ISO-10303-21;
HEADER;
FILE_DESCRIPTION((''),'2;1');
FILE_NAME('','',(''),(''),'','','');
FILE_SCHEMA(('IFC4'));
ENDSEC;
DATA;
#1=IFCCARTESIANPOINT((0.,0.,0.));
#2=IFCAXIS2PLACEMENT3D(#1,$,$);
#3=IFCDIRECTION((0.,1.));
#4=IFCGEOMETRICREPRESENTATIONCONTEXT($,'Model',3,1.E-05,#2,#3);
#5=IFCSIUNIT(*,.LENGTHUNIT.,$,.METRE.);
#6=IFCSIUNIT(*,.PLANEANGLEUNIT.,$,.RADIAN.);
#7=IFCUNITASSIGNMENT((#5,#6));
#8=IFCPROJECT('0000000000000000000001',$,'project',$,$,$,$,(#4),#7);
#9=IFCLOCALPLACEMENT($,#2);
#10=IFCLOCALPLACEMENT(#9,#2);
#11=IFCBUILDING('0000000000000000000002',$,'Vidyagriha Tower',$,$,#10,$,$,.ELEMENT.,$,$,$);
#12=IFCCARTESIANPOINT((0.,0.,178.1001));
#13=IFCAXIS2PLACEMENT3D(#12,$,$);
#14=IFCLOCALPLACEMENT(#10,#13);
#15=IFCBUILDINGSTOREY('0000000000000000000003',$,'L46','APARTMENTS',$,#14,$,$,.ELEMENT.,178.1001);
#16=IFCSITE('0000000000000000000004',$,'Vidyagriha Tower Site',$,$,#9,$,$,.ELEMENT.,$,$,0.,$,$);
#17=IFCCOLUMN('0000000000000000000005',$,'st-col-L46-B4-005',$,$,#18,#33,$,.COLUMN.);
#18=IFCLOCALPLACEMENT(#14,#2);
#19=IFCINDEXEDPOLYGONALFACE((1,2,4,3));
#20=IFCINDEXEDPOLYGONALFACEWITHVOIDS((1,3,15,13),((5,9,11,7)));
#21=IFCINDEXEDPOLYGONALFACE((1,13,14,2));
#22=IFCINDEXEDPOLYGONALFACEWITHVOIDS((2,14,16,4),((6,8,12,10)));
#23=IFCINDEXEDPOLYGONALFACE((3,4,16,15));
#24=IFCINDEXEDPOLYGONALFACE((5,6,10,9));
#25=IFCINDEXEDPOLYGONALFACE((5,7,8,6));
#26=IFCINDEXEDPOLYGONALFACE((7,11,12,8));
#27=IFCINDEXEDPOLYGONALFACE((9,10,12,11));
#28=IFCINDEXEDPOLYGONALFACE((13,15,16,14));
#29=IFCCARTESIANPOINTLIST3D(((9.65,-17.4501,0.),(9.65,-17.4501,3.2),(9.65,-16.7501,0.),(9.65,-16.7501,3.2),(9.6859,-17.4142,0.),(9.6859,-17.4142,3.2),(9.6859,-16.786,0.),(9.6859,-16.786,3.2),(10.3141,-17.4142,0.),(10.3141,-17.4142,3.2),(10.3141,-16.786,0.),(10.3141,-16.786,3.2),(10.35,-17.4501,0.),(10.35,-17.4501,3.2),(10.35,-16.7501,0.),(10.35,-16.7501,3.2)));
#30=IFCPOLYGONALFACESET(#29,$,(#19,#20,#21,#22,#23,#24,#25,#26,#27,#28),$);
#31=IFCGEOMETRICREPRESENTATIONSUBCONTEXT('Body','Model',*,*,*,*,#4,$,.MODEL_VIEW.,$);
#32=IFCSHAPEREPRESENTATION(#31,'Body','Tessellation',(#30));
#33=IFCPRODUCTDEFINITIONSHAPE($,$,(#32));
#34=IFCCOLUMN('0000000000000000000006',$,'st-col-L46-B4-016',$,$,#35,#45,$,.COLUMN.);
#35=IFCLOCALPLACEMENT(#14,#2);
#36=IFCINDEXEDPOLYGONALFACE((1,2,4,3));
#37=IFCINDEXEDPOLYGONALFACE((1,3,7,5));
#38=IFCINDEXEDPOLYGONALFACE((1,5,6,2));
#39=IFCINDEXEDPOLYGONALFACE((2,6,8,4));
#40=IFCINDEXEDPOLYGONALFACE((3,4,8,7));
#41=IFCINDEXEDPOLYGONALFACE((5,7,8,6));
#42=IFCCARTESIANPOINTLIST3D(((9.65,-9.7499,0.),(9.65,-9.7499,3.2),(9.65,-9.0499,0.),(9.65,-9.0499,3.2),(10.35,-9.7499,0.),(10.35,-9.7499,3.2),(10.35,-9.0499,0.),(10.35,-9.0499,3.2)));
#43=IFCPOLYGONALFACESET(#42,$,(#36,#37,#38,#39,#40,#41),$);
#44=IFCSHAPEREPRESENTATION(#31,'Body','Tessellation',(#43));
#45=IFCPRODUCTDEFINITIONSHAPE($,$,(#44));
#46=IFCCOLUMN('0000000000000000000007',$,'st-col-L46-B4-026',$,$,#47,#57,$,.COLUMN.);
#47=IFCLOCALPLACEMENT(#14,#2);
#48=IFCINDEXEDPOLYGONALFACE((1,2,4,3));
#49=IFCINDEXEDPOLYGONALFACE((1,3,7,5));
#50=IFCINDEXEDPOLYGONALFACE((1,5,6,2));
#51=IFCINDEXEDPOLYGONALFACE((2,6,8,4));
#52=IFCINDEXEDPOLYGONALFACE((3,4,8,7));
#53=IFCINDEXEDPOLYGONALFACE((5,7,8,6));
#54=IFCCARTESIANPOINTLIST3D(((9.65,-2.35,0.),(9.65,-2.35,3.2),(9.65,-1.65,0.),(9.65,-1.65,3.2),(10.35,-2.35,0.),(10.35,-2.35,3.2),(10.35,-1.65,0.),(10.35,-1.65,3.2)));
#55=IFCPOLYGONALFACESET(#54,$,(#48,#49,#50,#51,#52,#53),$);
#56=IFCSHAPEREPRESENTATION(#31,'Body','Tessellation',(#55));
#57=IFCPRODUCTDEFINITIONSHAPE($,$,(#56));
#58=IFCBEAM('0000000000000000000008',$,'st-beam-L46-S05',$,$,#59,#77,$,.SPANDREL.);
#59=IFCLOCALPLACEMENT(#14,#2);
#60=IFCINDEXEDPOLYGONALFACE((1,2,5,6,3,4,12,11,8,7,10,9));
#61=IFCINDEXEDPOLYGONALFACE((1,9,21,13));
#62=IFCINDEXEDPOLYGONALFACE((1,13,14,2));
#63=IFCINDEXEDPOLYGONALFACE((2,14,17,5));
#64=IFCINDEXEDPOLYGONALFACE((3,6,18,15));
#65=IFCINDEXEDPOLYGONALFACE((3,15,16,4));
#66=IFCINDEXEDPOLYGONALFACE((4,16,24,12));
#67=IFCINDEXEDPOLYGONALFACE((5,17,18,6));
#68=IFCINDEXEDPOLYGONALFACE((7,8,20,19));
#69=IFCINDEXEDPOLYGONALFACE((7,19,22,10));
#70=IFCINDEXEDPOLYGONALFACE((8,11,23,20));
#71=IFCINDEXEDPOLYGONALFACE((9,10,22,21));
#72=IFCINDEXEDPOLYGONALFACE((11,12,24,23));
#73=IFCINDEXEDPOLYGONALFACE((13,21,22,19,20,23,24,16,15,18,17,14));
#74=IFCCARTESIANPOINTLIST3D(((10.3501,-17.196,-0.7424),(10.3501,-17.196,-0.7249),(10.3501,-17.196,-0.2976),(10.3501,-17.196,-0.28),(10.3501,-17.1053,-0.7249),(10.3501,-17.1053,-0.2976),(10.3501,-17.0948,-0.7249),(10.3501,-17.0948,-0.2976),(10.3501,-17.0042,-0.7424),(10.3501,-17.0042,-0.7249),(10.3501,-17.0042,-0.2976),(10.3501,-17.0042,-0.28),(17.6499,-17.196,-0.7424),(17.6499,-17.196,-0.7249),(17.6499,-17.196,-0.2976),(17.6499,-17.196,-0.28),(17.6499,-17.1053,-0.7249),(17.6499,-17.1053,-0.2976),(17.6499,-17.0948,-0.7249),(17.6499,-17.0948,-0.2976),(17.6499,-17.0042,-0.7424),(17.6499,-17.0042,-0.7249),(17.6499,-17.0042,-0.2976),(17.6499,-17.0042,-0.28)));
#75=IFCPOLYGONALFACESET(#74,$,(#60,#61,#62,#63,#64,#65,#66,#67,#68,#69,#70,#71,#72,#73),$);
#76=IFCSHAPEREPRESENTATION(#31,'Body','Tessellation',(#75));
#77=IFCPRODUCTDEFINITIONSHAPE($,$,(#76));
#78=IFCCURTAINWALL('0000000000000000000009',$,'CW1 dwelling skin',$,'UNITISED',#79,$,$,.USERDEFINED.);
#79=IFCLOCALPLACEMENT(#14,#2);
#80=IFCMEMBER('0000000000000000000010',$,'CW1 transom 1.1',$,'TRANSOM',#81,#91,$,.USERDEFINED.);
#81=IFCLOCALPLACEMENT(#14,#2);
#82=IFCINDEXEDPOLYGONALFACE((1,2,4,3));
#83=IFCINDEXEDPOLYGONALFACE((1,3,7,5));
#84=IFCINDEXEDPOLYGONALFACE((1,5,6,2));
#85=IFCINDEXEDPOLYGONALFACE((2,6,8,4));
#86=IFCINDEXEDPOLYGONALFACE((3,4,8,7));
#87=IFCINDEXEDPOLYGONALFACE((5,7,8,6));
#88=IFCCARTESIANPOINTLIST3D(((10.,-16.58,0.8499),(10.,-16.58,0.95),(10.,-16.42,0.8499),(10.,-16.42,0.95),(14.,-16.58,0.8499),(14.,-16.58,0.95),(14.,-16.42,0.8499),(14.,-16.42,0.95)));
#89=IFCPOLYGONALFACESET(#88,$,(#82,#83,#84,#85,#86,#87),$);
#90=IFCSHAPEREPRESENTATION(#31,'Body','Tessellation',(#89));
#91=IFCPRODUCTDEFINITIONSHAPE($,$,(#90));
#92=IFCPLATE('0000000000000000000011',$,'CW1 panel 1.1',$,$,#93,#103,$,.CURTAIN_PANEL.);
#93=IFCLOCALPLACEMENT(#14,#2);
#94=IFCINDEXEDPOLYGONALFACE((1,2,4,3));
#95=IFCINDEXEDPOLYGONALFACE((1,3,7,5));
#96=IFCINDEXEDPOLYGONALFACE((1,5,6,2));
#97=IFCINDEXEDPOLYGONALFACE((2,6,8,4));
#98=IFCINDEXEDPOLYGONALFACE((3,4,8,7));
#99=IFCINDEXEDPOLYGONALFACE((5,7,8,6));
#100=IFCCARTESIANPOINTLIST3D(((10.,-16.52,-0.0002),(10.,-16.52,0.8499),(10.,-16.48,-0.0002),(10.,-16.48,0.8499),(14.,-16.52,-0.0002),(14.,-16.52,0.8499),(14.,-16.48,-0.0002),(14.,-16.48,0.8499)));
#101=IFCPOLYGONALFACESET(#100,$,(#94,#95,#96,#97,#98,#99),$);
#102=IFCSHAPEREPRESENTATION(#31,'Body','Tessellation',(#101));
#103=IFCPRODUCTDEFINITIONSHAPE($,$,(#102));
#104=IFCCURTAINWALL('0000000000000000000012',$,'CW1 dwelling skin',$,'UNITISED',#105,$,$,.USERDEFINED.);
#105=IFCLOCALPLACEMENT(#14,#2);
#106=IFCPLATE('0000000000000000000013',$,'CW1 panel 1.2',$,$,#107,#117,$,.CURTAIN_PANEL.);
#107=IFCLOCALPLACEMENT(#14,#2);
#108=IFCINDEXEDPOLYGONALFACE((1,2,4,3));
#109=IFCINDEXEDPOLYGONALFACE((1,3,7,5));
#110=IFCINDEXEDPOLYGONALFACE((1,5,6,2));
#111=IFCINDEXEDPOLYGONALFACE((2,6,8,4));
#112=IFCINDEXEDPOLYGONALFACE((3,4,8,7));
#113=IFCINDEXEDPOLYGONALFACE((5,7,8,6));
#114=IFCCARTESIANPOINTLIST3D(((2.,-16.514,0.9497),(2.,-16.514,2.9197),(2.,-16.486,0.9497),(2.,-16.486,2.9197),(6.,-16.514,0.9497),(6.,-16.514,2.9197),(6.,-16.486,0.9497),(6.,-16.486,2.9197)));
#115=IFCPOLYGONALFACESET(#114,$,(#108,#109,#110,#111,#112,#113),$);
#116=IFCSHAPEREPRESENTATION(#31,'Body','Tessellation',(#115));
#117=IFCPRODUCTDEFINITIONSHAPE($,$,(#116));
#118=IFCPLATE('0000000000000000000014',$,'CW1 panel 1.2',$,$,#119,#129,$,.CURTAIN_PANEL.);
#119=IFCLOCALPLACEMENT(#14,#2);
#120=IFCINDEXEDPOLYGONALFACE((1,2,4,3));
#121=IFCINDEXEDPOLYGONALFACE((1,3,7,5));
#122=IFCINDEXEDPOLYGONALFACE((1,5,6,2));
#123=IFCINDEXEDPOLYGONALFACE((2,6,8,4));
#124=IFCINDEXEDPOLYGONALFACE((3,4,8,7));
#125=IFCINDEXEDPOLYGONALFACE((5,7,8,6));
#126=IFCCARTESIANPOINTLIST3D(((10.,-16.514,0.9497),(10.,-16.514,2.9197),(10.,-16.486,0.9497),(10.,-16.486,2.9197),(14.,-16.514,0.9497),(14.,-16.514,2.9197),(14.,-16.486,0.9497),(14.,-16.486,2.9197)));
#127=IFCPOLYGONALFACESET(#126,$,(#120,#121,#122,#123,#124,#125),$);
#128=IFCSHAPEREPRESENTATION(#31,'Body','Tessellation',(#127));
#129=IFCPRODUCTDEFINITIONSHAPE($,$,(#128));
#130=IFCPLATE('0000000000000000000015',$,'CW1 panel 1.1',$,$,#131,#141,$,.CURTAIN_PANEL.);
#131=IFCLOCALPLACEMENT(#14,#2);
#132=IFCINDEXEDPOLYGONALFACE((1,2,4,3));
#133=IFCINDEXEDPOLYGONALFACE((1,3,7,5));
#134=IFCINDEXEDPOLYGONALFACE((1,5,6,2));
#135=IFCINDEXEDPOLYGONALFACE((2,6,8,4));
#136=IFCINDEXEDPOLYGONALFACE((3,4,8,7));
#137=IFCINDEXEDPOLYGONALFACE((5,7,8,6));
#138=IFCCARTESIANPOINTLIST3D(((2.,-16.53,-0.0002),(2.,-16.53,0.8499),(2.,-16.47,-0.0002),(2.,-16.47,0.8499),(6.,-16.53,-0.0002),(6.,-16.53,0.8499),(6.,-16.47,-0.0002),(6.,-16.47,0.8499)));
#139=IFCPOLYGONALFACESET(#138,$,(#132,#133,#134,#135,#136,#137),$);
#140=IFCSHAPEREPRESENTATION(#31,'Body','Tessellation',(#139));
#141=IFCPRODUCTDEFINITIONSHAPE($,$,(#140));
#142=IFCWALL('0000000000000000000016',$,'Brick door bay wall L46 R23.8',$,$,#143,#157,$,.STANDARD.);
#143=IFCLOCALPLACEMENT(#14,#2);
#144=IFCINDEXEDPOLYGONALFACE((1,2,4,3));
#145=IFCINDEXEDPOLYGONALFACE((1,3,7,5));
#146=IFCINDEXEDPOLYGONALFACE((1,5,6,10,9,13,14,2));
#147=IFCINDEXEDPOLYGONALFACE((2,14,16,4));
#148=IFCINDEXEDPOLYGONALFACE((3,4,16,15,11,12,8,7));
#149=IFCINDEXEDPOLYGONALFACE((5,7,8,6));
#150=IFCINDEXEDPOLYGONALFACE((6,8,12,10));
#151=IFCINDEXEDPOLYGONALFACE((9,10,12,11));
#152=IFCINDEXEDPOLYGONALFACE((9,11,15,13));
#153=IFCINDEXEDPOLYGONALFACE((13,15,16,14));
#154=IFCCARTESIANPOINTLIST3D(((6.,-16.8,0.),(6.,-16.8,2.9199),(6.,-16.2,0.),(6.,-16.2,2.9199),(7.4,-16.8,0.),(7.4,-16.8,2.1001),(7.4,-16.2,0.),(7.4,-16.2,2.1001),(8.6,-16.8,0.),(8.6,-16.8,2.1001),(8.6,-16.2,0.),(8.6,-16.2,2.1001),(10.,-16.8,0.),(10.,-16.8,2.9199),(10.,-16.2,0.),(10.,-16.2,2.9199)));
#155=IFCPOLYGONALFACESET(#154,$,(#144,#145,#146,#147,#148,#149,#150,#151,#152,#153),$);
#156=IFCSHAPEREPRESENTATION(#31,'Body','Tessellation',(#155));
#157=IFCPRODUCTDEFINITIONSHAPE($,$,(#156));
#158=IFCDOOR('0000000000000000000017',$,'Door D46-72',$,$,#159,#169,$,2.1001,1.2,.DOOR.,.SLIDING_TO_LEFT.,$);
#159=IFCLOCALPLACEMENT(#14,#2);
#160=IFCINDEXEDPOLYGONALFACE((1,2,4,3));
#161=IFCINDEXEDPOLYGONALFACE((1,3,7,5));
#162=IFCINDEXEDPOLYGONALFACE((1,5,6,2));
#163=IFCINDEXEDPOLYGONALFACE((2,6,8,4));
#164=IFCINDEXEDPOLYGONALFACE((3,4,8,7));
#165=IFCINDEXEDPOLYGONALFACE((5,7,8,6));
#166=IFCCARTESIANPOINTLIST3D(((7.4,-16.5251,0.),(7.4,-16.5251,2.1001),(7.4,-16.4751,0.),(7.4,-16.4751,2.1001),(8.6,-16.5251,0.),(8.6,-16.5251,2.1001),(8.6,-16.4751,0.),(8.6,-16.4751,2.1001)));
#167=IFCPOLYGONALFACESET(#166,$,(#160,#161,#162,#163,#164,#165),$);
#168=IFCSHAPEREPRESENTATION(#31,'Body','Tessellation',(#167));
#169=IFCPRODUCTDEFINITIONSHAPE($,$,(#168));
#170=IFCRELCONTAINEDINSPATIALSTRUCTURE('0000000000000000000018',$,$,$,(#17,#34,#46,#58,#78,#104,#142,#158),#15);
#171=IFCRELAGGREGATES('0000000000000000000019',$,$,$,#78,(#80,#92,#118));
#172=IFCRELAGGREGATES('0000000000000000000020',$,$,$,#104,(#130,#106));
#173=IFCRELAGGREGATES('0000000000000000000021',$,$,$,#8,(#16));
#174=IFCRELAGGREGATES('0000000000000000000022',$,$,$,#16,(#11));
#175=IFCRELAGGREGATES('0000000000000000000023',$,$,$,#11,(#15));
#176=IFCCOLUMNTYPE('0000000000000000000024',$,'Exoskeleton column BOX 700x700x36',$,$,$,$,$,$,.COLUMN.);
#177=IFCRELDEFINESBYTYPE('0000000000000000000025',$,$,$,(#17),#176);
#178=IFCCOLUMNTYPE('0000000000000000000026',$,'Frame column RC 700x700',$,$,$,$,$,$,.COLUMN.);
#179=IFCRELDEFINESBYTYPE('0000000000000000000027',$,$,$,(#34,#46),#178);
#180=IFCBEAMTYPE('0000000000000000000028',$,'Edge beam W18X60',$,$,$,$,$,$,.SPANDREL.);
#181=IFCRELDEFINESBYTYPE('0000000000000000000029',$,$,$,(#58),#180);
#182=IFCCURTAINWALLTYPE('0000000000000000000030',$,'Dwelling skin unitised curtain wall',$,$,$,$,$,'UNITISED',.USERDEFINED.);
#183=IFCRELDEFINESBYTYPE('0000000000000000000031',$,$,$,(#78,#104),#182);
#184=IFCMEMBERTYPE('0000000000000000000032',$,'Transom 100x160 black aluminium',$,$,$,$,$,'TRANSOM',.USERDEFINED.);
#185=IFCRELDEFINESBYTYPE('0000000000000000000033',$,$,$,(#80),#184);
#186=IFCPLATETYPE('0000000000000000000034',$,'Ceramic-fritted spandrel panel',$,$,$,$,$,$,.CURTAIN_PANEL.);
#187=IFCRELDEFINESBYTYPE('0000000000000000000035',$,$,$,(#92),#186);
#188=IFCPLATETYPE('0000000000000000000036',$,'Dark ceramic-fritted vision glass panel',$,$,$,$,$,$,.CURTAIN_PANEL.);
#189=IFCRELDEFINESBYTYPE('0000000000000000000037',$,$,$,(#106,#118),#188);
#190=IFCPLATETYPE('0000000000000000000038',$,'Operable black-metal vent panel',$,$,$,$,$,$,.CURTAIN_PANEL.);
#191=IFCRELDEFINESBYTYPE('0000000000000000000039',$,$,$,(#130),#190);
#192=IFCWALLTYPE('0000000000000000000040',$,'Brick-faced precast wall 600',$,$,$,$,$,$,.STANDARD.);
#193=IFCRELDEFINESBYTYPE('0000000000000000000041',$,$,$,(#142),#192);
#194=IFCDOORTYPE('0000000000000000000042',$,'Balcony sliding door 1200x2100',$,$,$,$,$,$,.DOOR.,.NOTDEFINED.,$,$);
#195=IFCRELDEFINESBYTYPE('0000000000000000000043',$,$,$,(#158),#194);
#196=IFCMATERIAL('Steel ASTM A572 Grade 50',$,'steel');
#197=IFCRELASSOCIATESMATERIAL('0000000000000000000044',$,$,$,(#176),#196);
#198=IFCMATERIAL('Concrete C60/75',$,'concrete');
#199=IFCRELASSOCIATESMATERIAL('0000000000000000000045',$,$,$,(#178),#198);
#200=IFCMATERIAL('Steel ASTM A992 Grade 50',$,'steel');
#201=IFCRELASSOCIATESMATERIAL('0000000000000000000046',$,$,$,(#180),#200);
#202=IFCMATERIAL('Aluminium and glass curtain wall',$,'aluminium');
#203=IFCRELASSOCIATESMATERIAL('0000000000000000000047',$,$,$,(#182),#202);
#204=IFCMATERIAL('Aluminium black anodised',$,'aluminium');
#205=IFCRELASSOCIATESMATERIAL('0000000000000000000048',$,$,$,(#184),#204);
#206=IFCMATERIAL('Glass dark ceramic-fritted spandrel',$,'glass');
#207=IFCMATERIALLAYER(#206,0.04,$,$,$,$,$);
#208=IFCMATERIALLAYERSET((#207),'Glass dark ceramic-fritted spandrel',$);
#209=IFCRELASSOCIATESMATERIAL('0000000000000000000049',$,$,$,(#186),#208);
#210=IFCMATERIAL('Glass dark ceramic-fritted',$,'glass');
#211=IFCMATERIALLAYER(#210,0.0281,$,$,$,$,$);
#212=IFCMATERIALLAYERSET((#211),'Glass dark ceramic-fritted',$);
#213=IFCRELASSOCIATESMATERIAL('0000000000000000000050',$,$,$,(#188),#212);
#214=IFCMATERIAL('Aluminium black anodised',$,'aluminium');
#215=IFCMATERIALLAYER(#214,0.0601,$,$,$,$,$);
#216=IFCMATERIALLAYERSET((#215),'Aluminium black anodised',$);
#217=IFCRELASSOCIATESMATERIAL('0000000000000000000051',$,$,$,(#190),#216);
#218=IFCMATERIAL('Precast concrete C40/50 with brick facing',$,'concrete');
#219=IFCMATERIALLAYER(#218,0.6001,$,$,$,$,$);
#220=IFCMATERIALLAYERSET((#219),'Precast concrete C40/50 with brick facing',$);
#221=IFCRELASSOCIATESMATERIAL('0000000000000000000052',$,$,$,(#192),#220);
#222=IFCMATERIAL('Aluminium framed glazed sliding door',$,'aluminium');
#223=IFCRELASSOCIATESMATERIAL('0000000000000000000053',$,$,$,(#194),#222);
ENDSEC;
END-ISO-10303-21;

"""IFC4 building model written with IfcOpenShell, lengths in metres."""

from ifc_helpers import new_model, si_unit, direction, frame, frame_2d, origin, origin_2d, place, context, subcontext, project, spatial, rectangle, hollow_rectangle, i_section, extrude, material, layer, layer_set, material_profile, profile_set, type_object, element, fill, aggregate, save


model = new_model("IFC4")

# Units and contexts
model_context = context("Model", 3, precision=1e-05, world=origin(), true_north=direction((0.0, 1.0)))
body_context = subcontext(model_context, "Body", "Model", "MODEL_VIEW")
ifc_project = project(units=[si_unit("LENGTHUNIT", "METRE"), si_unit("PLANEANGLEUNIT", "RADIAN")], contexts=[model_context])

# Site, building, storey
site_placement = place(None, origin())
site = spatial("IfcSite", under=ifc_project, at=site_placement, Name="Vidyagriha Tower Site", CompositionType="ELEMENT", RefElevation=0.0)
building_placement = place(site_placement, origin())
building = spatial("IfcBuilding", under=site, at=building_placement, Name="Vidyagriha Tower", CompositionType="ELEMENT")
storey_placement = place(building_placement, frame((0.0, 0.0, 178.1001)))
storey = spatial("IfcBuildingStorey", under=building, at=storey_placement, Name="L46", Description="APARTMENTS", CompositionType="ELEMENT", Elevation=178.1001)

# Columns
ifc_material_1 = material(Name="Steel ASTM A572 Grade 50", Category="steel")
ifc_material_profile_1 = material_profile(ifc_material_1, hollow_rectangle(XDim=0.7, YDim=0.7, WallThickness=0.0359, at=origin_2d()), Name="BOX 700x700x36")
ifc_profile_set_1 = profile_set([ifc_material_profile_1], Name="Steel ASTM A572 Grade 50")
column_type_1 = type_object("IfcColumnType", Name="Exoskeleton column BOX 700x700x36", PredefinedType="COLUMN", material=ifc_profile_set_1)
column_placement = place(storey_placement, frame((10.0, -17.1001, 0.0)))
element("IfcColumn", 1, at=column_placement, inside=storey, type_object=column_type_1, Name="st-col-L46-B4-005", PredefinedType="COLUMN", context=body_context, shape_type="SweptSolid", body=[
    extrude(hollow_rectangle(XDim=0.7, YDim=0.7, WallThickness=0.0359, at=origin_2d()), origin(), (0.0, 0.0, 1.0), 3.2),
])
ifc_material_2 = material(Name="Concrete C60/75", Category="concrete")
ifc_material_profile_2 = material_profile(ifc_material_2, rectangle(XDim=0.7, YDim=0.7, at=origin_2d()), Name="RC 700x700")
ifc_profile_set_2 = profile_set([ifc_material_profile_2], Name="Concrete C60/75")
column_type_2 = type_object("IfcColumnType", Name="Frame column RC 700x700", PredefinedType="COLUMN", material=ifc_profile_set_2)
for number, where, name in (
    (2, (10.0, -9.3999, 0.0), "st-col-L46-B4-016"),
    (3, (10.0, -2.0, 0.0), "st-col-L46-B4-026"),
):
    element("IfcColumn", number, at=place(storey_placement, frame(where)), inside=storey, type_object=column_type_2, Name=name, PredefinedType="COLUMN", context=body_context, shape_type="SweptSolid", body=[
        extrude(rectangle(XDim=0.7, YDim=0.7, at=origin_2d()), origin(), (0.0, 0.0, 1.0), 3.2),
    ])

# Beam
ifc_material_3 = material(Name="Steel ASTM A992 Grade 50", Category="steel")
ifc_material_profile_3 = material_profile(ifc_material_3, i_section(OverallWidth=0.1919, OverallDepth=0.4624, WebThickness=0.0105, FlangeThickness=0.0176, at=origin_2d()), Name="W18X60")
ifc_profile_set_3 = profile_set([ifc_material_profile_3], Name="Steel ASTM A992 Grade 50")
beam_type = type_object("IfcBeamType", Name="Edge beam W18X60", PredefinedType="SPANDREL", material=ifc_profile_set_3)
beam_placement = place(storey_placement, frame((10.3501, -17.1001, -0.5112), z_axis=(1.0, 0.0, 0.0), x_axis=(0.0, 1.0, 0.0)))
element("IfcBeam", 4, at=beam_placement, inside=storey, type_object=beam_type, Name="st-beam-L46-S05", PredefinedType="SPANDREL", context=body_context, shape_type="SweptSolid", body=[
    extrude(i_section(OverallWidth=0.1919, OverallDepth=0.4624, WebThickness=0.0105, FlangeThickness=0.0176, at=origin_2d()), origin(), (0.0, 0.0, 1.0), 7.2998),
])

# Curtain wall, member, plate
ifc_material_4 = material(Name="Aluminium and glass curtain wall", Category="aluminium")
curtain_wall_type = type_object("IfcCurtainWallType", Name="Dwelling skin unitised curtain wall", ElementType="UNITISED", PredefinedType="USERDEFINED", material=ifc_material_4)
curtain_wall_1_placement = place(storey_placement, origin())
curtain_wall_1 = element("IfcCurtainWall", 5, at=curtain_wall_1_placement, inside=storey, type_object=curtain_wall_type, Name="CW1 dwelling skin", ObjectType="UNITISED", PredefinedType="USERDEFINED")
ifc_material_5 = material(Name="Aluminium black anodised", Category="aluminium")
ifc_material_profile_4 = material_profile(ifc_material_5, rectangle(XDim=0.1599, YDim=0.1001, at=origin_2d()), Name="Transom 100x160 black aluminium")
ifc_profile_set_4 = profile_set([ifc_material_profile_4], Name="Aluminium black anodised")
member_type = type_object("IfcMemberType", Name="Transom 100x160 black aluminium", ElementType="TRANSOM", PredefinedType="USERDEFINED", material=ifc_profile_set_4)
member_placement = place(storey_placement, frame((10.0, -16.5, 0.8999), z_axis=(1.0, 0.0, 0.0), x_axis=(0.0, 1.0, 0.0)))
member = element("IfcMember", 6, at=member_placement, type_object=member_type, Name="CW1 transom 1.1", ObjectType="TRANSOM", PredefinedType="USERDEFINED", context=body_context, shape_type="SweptSolid", body=[
    extrude(rectangle(XDim=0.1599, YDim=0.1001, at=origin_2d()), origin(), (0.0, 0.0, 1.0), 4.0),
])
ifc_material_6 = material(Name="Glass dark ceramic-fritted spandrel", Category="glass")
ifc_layer_1 = layer(ifc_material_6, 0.04)
ifc_layer_set_1 = layer_set([ifc_layer_1], Name="Glass dark ceramic-fritted spandrel")
plate_type_1 = type_object("IfcPlateType", Name="Ceramic-fritted spandrel panel", PredefinedType="CURTAIN_PANEL", material=ifc_layer_set_1)
plate_1_placement = place(storey_placement, frame((12.0, -16.5, -0.0002)))
plate_1 = element("IfcPlate", 7, at=plate_1_placement, type_object=plate_type_1, Name="CW1 panel 1.1", PredefinedType="CURTAIN_PANEL", context=body_context, shape_type="SweptSolid", body=[
    extrude(rectangle(XDim=4.0, YDim=0.04, at=origin_2d()), origin(), (0.0, 0.0, 1.0), 0.8501),
])

# Curtain wall, plate
curtain_wall_2_placement = place(storey_placement, origin())
curtain_wall_2 = element("IfcCurtainWall", 8, at=curtain_wall_2_placement, inside=storey, type_object=curtain_wall_type, Name="CW1 dwelling skin", ObjectType="UNITISED", PredefinedType="USERDEFINED")
ifc_material_7 = material(Name="Glass dark ceramic-fritted", Category="glass")
ifc_layer_2 = layer(ifc_material_7, 0.0281)
ifc_layer_set_2 = layer_set([ifc_layer_2], Name="Glass dark ceramic-fritted")
plate_type_2 = type_object("IfcPlateType", Name="Dark ceramic-fritted vision glass panel", PredefinedType="CURTAIN_PANEL", material=ifc_layer_set_2)
plate_2_placement = place(storey_placement, frame((4.0, -16.5, 0.9497)))
plate_2 = element("IfcPlate", 9, at=plate_2_placement, type_object=plate_type_2, Name="CW1 panel 1.2", PredefinedType="CURTAIN_PANEL", context=body_context, shape_type="SweptSolid", body=[
    extrude(rectangle(XDim=4.0, YDim=0.0281, at=origin_2d()), origin(), (0.0, 0.0, 1.0), 1.97),
])

# Plates
plate_3_placement = place(storey_placement, frame((12.0, -16.5, 0.9497)))
plate_3 = element("IfcPlate", 10, at=plate_3_placement, type_object=plate_type_2, Name="CW1 panel 1.2", PredefinedType="CURTAIN_PANEL", context=body_context, shape_type="SweptSolid", body=[
    extrude(rectangle(XDim=4.0, YDim=0.0281, at=origin_2d()), origin(), (0.0, 0.0, 1.0), 1.97),
])
aggregate(curtain_wall_1, [member, plate_1, plate_3])
ifc_material_8 = material(Name="Aluminium black anodised", Category="aluminium")
ifc_layer_3 = layer(ifc_material_8, 0.0601)
ifc_layer_set_3 = layer_set([ifc_layer_3], Name="Aluminium black anodised")
plate_type_3 = type_object("IfcPlateType", Name="Operable black-metal vent panel", PredefinedType="CURTAIN_PANEL", material=ifc_layer_set_3)
plate_4_placement = place(storey_placement, frame((4.0, -16.5, -0.0002)))
plate_4 = element("IfcPlate", 11, at=plate_4_placement, type_object=plate_type_3, Name="CW1 panel 1.1", PredefinedType="CURTAIN_PANEL", context=body_context, shape_type="SweptSolid", body=[
    extrude(rectangle(XDim=4.0, YDim=0.0601, at=origin_2d()), origin(), (0.0, 0.0, 1.0), 0.8501),
])
aggregate(curtain_wall_2, [plate_4, plate_2])

# Wall, opening, door
ifc_material_9 = material(Name="Precast concrete C40/50 with brick facing", Category="concrete")
ifc_layer_4 = layer(ifc_material_9, 0.6001)
ifc_layer_set_4 = layer_set([ifc_layer_4], Name="Precast concrete C40/50 with brick facing")
wall_type_1 = type_object("IfcWallType", Name="Brick-faced precast wall 600", PredefinedType="STANDARD", material=ifc_layer_set_4)
wall_1_placement = place(storey_placement, frame((6.0, -16.5, 0.0)))
wall_1 = element("IfcWall", 12, at=wall_1_placement, inside=storey, type_object=wall_type_1, Name="Brick door bay wall L46 R23.8", PredefinedType="STANDARD", context=body_context, shape_type="SweptSolid", body=[
    extrude(rectangle(XDim=4.0, YDim=0.6001, at=frame_2d((2.0, 0.0))), origin(), (0.0, 0.0, 1.0), 2.9199),
])
opening_1_placement = place(wall_1_placement, frame((1.3999, 0.0, 0.0)))
opening_1 = element("IfcOpeningElement", 13, at=opening_1_placement, cuts=wall_1, PredefinedType="OPENING", context=body_context, shape_type="SweptSolid", body=[
    extrude(rectangle(XDim=1.2, YDim=2.1001, at=frame_2d((0.6001, 1.05))), frame((0.0, 0.3101, 0.0), z_axis=(0.0, -1.0, 0.0), x_axis=(1.0, 0.0, 0.0)), (0.0, 0.0, 1.0), 0.6201),
])
ifc_material_10 = material(Name="Aluminium framed glazed sliding door", Category="aluminium")
door_type_1 = type_object("IfcDoorType", Name="Balcony sliding door 1200x2100", OperationType="NOTDEFINED", PredefinedType="DOOR", material=ifc_material_10)
door_1_placement = place(opening_1_placement, origin())
door_1 = element("IfcDoor", 14, at=door_1_placement, inside=storey, type_object=door_type_1, Name="Door D46-72", OperationType="SLIDING_TO_LEFT", OverallHeight=2.1001, OverallWidth=1.2, PredefinedType="DOOR", context=body_context, shape_type="SweptSolid", body=[
    extrude(rectangle(XDim=1.2, YDim=2.1001, at=frame_2d((0.6001, 1.05))), frame((0.0, 0.0249, 0.0), z_axis=(0.0, -1.0, 0.0), x_axis=(1.0, 0.0, 0.0)), (0.0, 0.0, 1.0), 0.05),
])
fill(opening_1, door_1)

save(model, "model.ifc")
